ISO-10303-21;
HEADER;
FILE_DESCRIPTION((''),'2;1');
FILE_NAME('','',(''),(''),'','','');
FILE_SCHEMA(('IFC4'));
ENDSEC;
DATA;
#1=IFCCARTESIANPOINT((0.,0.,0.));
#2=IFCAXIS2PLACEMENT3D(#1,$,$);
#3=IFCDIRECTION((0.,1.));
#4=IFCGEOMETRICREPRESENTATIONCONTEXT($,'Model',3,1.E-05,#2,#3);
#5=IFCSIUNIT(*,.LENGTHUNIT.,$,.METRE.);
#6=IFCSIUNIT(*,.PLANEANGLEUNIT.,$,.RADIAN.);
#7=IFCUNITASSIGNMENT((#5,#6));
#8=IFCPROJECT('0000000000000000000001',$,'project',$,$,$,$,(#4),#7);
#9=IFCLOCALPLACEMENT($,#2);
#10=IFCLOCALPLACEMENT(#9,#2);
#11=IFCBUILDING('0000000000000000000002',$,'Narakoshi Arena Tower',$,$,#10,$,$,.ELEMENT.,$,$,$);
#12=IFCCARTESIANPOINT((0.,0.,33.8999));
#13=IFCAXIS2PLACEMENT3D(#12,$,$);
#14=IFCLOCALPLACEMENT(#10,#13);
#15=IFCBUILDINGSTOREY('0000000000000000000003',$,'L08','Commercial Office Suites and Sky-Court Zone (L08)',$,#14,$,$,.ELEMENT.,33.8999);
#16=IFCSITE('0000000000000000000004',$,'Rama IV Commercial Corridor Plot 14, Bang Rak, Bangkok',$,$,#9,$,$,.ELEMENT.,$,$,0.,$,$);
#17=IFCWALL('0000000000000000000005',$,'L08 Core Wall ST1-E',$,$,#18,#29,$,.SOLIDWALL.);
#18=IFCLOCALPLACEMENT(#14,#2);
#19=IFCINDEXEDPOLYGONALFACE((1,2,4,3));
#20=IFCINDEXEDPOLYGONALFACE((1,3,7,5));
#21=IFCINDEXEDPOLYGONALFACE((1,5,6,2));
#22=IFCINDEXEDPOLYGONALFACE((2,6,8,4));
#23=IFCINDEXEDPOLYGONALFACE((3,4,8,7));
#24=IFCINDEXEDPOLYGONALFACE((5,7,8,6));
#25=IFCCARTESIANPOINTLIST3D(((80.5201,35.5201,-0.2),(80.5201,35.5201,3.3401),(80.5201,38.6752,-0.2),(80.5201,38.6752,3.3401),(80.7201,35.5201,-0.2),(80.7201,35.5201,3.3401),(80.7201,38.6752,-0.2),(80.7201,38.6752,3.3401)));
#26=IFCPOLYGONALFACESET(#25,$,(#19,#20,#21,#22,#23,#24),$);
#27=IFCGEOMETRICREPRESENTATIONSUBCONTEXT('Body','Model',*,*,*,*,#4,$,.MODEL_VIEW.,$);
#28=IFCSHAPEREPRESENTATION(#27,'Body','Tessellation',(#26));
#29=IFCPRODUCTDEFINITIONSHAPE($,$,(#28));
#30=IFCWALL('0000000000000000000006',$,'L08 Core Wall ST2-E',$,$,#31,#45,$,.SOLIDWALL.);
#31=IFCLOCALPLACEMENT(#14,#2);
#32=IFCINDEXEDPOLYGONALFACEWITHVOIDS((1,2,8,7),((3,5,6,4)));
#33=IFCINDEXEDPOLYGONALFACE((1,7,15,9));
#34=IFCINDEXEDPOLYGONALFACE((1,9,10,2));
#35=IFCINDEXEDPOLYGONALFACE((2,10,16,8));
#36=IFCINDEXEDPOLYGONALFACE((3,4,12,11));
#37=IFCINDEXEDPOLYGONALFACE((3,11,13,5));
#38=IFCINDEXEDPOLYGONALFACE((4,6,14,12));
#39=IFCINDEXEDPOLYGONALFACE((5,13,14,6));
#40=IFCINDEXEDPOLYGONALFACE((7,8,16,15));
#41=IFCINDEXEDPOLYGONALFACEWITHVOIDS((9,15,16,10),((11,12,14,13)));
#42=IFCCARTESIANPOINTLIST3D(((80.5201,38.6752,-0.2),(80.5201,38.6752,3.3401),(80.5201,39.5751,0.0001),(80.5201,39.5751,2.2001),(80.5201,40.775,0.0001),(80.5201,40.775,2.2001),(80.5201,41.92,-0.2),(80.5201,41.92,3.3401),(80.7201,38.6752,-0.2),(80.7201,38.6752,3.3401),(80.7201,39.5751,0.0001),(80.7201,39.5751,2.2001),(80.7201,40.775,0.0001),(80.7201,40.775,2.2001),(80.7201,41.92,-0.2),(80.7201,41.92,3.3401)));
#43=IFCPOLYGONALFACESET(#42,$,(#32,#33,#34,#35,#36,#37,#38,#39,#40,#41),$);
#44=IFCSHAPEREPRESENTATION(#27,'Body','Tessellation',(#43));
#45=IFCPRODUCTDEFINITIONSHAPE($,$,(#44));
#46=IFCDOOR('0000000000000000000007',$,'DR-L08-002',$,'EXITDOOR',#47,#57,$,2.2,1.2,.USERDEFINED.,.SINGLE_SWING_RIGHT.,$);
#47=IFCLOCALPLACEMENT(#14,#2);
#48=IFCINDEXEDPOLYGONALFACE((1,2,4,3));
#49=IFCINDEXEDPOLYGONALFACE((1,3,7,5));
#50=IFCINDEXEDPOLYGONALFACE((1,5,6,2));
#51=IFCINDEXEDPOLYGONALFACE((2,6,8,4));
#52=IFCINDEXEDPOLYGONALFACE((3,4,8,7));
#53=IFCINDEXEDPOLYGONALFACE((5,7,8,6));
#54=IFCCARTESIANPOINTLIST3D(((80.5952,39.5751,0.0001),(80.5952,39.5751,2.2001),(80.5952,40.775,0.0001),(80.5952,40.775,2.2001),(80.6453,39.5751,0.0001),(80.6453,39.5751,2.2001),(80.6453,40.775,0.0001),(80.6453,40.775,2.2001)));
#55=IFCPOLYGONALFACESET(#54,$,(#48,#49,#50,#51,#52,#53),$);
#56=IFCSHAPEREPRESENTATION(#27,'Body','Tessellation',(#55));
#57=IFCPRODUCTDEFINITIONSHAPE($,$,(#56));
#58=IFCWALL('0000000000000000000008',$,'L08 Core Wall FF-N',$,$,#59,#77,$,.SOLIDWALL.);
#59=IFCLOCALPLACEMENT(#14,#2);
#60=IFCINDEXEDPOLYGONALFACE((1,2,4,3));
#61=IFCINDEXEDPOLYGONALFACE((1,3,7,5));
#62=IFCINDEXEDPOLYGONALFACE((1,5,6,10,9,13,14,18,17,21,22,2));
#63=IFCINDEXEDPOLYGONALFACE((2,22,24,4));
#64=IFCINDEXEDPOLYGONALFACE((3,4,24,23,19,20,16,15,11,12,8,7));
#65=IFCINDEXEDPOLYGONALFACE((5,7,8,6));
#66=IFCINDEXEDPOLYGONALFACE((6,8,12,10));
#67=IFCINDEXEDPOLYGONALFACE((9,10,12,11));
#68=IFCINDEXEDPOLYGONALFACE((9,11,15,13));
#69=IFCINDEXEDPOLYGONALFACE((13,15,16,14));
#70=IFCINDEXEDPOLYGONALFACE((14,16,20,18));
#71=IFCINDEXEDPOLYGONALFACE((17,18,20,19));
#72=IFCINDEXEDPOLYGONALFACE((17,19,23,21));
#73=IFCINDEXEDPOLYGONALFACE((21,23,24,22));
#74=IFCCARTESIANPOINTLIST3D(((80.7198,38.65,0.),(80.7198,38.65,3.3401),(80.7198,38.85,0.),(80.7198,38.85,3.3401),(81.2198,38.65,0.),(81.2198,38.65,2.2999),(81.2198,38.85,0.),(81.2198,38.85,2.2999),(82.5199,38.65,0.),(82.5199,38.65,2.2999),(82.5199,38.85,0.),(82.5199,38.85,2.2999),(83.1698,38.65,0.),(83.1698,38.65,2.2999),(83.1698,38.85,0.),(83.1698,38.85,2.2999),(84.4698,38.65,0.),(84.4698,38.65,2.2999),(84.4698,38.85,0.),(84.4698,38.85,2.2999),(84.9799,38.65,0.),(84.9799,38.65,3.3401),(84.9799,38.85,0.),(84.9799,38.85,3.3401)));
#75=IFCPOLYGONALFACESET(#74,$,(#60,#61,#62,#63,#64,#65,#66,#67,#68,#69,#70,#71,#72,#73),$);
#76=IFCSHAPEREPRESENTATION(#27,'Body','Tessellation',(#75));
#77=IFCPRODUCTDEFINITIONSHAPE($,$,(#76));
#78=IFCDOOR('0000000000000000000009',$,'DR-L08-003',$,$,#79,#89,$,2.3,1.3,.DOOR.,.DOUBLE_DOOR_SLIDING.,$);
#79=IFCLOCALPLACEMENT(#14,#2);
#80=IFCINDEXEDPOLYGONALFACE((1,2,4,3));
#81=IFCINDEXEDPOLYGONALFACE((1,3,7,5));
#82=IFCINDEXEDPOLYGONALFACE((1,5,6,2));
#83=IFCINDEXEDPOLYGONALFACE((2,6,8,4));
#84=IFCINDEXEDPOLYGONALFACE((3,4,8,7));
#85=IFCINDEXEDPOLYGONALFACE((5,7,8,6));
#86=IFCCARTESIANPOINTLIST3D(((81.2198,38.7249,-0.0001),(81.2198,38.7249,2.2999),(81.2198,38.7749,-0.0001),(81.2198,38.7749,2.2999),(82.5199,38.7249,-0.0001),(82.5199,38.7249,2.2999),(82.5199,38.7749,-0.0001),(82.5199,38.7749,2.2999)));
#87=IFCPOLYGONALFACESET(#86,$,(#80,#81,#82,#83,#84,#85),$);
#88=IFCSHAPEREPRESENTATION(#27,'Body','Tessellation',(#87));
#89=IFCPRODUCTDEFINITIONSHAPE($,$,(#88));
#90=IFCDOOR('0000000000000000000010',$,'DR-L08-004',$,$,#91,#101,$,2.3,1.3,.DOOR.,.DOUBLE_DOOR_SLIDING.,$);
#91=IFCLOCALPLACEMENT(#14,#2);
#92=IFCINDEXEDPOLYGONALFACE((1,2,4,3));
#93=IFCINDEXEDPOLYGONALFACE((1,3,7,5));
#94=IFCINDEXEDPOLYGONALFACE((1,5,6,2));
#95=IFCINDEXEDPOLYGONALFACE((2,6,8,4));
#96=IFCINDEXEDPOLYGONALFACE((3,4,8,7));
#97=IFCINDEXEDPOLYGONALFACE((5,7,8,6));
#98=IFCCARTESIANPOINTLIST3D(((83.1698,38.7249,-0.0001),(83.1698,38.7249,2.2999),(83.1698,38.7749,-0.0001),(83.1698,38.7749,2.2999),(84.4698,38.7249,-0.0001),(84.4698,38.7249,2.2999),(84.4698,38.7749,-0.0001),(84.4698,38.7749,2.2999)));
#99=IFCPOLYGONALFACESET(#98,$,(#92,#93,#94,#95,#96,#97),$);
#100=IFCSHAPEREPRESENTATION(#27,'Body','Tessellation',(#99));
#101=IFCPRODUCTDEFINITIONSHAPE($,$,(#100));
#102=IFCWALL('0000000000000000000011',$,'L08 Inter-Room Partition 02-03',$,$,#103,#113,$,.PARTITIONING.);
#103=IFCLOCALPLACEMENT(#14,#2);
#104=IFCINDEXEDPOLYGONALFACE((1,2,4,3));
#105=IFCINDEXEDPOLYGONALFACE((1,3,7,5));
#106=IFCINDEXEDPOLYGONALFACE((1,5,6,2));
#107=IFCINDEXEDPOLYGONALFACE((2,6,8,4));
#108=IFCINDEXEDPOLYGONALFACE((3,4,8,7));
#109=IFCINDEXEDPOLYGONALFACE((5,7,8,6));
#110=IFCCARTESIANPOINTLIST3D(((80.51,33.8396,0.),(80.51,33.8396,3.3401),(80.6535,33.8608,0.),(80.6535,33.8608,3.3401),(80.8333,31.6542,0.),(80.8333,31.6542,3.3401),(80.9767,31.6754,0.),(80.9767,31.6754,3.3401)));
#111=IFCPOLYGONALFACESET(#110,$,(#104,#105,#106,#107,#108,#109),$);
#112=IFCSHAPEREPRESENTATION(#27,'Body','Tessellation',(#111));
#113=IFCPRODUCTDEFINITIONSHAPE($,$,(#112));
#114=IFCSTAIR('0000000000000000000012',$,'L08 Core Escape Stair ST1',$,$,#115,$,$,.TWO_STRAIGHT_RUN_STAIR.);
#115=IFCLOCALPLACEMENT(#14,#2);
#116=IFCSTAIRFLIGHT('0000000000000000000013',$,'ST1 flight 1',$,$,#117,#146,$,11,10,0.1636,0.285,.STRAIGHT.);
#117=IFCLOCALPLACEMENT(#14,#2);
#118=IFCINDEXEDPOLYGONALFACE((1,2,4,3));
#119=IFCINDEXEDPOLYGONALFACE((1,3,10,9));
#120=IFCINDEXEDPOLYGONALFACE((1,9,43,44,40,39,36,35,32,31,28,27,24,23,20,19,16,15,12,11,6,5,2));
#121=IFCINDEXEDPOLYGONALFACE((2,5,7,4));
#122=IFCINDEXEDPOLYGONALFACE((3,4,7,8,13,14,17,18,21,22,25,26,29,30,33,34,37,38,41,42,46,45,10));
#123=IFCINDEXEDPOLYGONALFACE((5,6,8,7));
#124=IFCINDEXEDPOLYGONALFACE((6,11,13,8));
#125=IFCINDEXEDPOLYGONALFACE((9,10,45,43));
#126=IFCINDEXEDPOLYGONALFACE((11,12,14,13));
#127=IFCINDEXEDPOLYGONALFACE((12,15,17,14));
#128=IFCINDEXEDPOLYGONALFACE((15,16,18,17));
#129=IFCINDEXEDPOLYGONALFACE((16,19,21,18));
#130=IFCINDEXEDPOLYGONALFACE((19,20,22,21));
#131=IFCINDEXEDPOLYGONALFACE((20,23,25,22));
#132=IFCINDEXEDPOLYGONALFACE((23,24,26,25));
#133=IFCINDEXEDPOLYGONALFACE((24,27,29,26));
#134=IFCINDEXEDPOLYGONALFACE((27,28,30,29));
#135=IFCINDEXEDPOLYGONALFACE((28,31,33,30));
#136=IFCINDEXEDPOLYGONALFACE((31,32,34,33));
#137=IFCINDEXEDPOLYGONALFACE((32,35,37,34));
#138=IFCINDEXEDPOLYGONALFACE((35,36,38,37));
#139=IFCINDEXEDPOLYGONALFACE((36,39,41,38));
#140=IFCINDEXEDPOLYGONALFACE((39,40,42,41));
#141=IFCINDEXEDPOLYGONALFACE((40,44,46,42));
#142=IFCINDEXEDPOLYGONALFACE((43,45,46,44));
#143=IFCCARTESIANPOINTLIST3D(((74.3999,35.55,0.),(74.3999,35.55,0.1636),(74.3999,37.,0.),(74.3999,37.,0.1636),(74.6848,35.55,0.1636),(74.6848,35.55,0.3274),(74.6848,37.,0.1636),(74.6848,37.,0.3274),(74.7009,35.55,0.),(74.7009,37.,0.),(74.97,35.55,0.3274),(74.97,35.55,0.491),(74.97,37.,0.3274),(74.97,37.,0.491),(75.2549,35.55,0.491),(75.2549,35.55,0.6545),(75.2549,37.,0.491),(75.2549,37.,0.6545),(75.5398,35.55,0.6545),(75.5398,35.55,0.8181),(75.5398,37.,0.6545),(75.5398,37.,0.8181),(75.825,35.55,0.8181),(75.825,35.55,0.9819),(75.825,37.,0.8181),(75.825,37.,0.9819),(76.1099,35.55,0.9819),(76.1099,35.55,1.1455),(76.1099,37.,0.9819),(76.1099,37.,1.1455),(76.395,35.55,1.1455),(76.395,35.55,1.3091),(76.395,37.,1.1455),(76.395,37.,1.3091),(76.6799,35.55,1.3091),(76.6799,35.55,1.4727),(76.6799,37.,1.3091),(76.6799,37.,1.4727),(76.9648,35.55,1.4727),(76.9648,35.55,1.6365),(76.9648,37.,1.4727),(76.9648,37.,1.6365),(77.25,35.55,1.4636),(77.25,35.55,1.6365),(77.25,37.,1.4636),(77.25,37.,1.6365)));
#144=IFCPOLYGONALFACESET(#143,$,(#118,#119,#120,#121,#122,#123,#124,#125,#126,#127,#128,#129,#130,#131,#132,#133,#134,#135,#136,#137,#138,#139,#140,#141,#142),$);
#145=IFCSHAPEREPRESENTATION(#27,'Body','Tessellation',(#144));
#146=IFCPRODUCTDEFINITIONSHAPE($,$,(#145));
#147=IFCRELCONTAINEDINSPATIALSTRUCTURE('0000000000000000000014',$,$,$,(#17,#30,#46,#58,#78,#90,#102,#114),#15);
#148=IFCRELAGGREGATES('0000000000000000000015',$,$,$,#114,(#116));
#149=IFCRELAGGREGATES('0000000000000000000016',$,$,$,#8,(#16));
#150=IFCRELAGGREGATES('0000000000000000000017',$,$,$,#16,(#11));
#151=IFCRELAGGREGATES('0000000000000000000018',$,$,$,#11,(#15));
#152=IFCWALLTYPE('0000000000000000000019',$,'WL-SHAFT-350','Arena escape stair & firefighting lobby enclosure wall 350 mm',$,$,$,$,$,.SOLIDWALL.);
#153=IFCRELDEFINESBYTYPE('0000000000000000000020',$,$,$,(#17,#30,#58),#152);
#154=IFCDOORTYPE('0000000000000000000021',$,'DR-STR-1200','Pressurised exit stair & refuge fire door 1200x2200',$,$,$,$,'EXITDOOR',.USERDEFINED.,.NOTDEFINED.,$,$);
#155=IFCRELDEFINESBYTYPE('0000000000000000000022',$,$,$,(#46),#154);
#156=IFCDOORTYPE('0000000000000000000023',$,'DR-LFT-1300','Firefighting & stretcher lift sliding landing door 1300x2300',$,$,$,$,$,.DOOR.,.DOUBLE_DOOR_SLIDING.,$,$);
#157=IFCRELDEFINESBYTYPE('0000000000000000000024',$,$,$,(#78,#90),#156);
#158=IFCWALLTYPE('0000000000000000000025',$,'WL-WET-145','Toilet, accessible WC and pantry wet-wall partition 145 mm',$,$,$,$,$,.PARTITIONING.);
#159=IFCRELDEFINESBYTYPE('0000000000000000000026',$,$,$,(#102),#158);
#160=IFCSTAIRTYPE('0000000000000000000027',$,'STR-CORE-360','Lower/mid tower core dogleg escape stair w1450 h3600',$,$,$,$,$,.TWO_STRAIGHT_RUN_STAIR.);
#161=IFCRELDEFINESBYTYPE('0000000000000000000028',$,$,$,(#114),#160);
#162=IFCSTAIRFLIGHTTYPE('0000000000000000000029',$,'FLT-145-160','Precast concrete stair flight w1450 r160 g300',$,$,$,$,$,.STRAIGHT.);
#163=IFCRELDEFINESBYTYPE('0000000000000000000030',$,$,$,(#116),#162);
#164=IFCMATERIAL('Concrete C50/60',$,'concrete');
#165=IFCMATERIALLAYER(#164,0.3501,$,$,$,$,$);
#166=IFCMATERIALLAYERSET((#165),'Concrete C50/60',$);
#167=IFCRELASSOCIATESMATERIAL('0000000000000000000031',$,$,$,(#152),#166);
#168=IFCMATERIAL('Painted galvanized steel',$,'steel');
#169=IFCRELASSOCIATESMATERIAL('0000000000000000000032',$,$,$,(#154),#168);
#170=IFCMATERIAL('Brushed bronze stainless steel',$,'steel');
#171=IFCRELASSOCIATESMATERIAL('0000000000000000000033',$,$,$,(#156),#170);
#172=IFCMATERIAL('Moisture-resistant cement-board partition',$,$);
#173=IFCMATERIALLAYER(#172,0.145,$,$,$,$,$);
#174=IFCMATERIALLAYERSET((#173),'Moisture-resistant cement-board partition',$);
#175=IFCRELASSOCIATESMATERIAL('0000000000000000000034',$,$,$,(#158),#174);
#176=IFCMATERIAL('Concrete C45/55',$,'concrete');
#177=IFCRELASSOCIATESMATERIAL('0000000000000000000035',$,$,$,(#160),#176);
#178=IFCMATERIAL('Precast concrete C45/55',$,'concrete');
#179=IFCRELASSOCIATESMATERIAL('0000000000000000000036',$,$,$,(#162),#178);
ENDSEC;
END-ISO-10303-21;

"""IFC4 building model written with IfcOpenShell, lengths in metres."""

from ifc_helpers import new_model, si_unit, direction, frame, frame_2d, origin, place, context, subcontext, project, spatial, polyline, rectangle, outline, extrude, material, layer, layer_set, type_object, element, fill, aggregate, save


model = new_model("IFC4")

# Units and contexts
model_context = context("Model", 3, precision=1e-05, world=origin(), true_north=direction((0.0, 1.0)))
body_context = subcontext(model_context, "Body", "Model", "MODEL_VIEW")
ifc_project = project(units=[si_unit("LENGTHUNIT", "METRE"), si_unit("PLANEANGLEUNIT", "RADIAN")], contexts=[model_context])

# Site, building, storey
site_placement = place(None, origin())
site = spatial("IfcSite", under=ifc_project, at=site_placement, Name="Rama IV Commercial Corridor Plot 14, Bang Rak, Bangkok", CompositionType="ELEMENT", RefElevation=0.0)
building_placement = place(site_placement, origin())
building = spatial("IfcBuilding", under=site, at=building_placement, Name="Narakoshi Arena Tower", CompositionType="ELEMENT")
storey_placement = place(building_placement, frame((0.0, 0.0, 33.8999)))
storey = spatial("IfcBuildingStorey", under=building, at=storey_placement, Name="L08", Description="Commercial Office Suites and Sky-Court Zone (L08)", CompositionType="ELEMENT", Elevation=33.8999)

# Wall
ifc_material_1 = material(Name="Concrete C50/60", Category="concrete")
ifc_layer_1 = layer(ifc_material_1, 0.3501)
ifc_layer_set_1 = layer_set([ifc_layer_1], Name="Concrete C50/60")
wall_type_1 = type_object("IfcWallType", Name="WL-SHAFT-350", Description="Arena escape stair & firefighting lobby enclosure wall 350 mm", PredefinedType="SOLIDWALL", material=ifc_layer_set_1)
wall_1_placement = place(storey_placement, frame((80.6201, 35.52, -0.2), z_axis=(0.0, 0.0, 1.0), x_axis=(0.0, 1.0, 0.0)))
element("IfcWall", 1, at=wall_1_placement, inside=storey, type_object=wall_type_1, Name="L08 Core Wall ST1-E", PredefinedType="SOLIDWALL", context=body_context, shape_type="SweptSolid", body=[
    extrude(rectangle(XDim=3.155, YDim=0.2, at=frame_2d((1.5776, 0.0))), origin(), (0.0, 0.0, 1.0), 3.54),
])

# Wall, opening, door
wall_2_placement = place(storey_placement, frame((80.6201, 38.675, -0.2), z_axis=(0.0, 0.0, 1.0), x_axis=(0.0, 1.0, 0.0)))
wall_2 = element("IfcWall", 2, at=wall_2_placement, inside=storey, type_object=wall_type_1, Name="L08 Core Wall ST2-E", PredefinedType="SOLIDWALL", context=body_context, shape_type="SweptSolid", body=[
    extrude(rectangle(XDim=3.2449, YDim=0.2, at=frame_2d((1.6226, 0.0))), origin(), (0.0, 0.0, 1.0), 3.54),
])
opening_1_placement = place(wall_2_placement, frame((0.8999, 0.0, 0.2)))
opening_1 = element("IfcOpeningElement", 3, at=opening_1_placement, cuts=wall_2, PredefinedType="OPENING", context=body_context, shape_type="SweptSolid", body=[
    extrude(rectangle(XDim=1.2, YDim=2.2, at=frame_2d((0.6001, 1.1001))), frame((0.0, 0.1099, 0.0), z_axis=(0.0, -1.0, 0.0), x_axis=(1.0, 0.0, 0.0)), (0.0, 0.0, 1.0), 0.22),
])
ifc_material_2 = material(Name="Painted galvanized steel", Category="steel")
door_type_1 = type_object("IfcDoorType", Name="DR-STR-1200", Description="Pressurised exit stair & refuge fire door 1200x2200", ElementType="EXITDOOR", OperationType="NOTDEFINED", PredefinedType="USERDEFINED", material=ifc_material_2)
door_1_placement = place(opening_1_placement, origin())
door_1 = element("IfcDoor", 4, at=door_1_placement, inside=storey, type_object=door_type_1, Name="DR-L08-002", ObjectType="EXITDOOR", OperationType="SINGLE_SWING_RIGHT", OverallHeight=2.2, OverallWidth=1.2, PredefinedType="USERDEFINED", context=body_context, shape_type="SweptSolid", body=[
    extrude(rectangle(XDim=1.2, YDim=2.2, at=frame_2d((0.6001, 1.1001))), frame((0.0, 0.0249, 0.0), z_axis=(0.0, -1.0, 0.0), x_axis=(1.0, 0.0, 0.0)), (0.0, 0.0, 1.0), 0.05),
])
fill(opening_1, door_1)

# Wall, openings, doors
wall_3_placement = place(storey_placement, frame((80.72, 38.75, 0.0), z_axis=(0.0, 0.0, 1.0), x_axis=(1.0, 0.0, 0.0)))
wall_3 = element("IfcWall", 5, at=wall_3_placement, inside=storey, type_object=wall_type_1, Name="L08 Core Wall FF-N", PredefinedType="SOLIDWALL", context=body_context, shape_type="SweptSolid", body=[
    extrude(rectangle(XDim=4.26, YDim=0.2, at=frame_2d((2.1299, 0.0))), origin(), (0.0, 0.0, 1.0), 3.3401),
])
opening_2_placement = place(wall_3_placement, frame((0.5, 0.0, 0.0)))
opening_2 = element("IfcOpeningElement", 6, at=opening_2_placement, cuts=wall_3, PredefinedType="OPENING", context=body_context, shape_type="SweptSolid", body=[
    extrude(rectangle(XDim=1.3, YDim=2.3, at=frame_2d((0.6499, 1.1499))), frame((0.0, 0.1099, 0.0), z_axis=(0.0, -1.0, 0.0), x_axis=(1.0, 0.0, 0.0)), (0.0, 0.0, 1.0), 0.22),
])
opening_3_placement = place(wall_3_placement, frame((2.45, 0.0, 0.0)))
opening_3 = element("IfcOpeningElement", 7, at=opening_3_placement, cuts=wall_3, PredefinedType="OPENING", context=body_context, shape_type="SweptSolid", body=[
    extrude(rectangle(XDim=1.3, YDim=2.3, at=frame_2d((0.6499, 1.1499))), frame((0.0, 0.1099, 0.0), z_axis=(0.0, -1.0, 0.0), x_axis=(1.0, 0.0, 0.0)), (0.0, 0.0, 1.0), 0.22),
])
ifc_material_3 = material(Name="Brushed bronze stainless steel", Category="steel")
door_type_2 = type_object("IfcDoorType", Name="DR-LFT-1300", Description="Firefighting & stretcher lift sliding landing door 1300x2300", OperationType="DOUBLE_DOOR_SLIDING", PredefinedType="DOOR", material=ifc_material_3)
door_2_placement = place(opening_2_placement, origin())
door_2 = element("IfcDoor", 8, at=door_2_placement, inside=storey, type_object=door_type_2, Name="DR-L08-003", OperationType="DOUBLE_DOOR_SLIDING", OverallHeight=2.3, OverallWidth=1.3, PredefinedType="DOOR", context=body_context, shape_type="SweptSolid", body=[
    extrude(rectangle(XDim=1.3, YDim=2.3, at=frame_2d((0.6499, 1.1499))), frame((0.0, 0.0249, 0.0), z_axis=(0.0, -1.0, 0.0), x_axis=(1.0, 0.0, 0.0)), (0.0, 0.0, 1.0), 0.05),
])
fill(opening_2, door_2)
door_3_placement = place(opening_3_placement, origin())
door_3 = element("IfcDoor", 9, at=door_3_placement, inside=storey, type_object=door_type_2, Name="DR-L08-004", OperationType="DOUBLE_DOOR_SLIDING", OverallHeight=2.3, OverallWidth=1.3, PredefinedType="DOOR", context=body_context, shape_type="SweptSolid", body=[
    extrude(rectangle(XDim=1.3, YDim=2.3, at=frame_2d((0.6499, 1.1499))), frame((0.0, 0.0249, 0.0), z_axis=(0.0, -1.0, 0.0), x_axis=(1.0, 0.0, 0.0)), (0.0, 0.0, 1.0), 0.05),
])
fill(opening_3, door_3)

# Wall
ifc_material_4 = material(Name="Moisture-resistant cement-board partition")
ifc_layer_2 = layer(ifc_material_4, 0.145)
ifc_layer_set_2 = layer_set([ifc_layer_2], Name="Moisture-resistant cement-board partition")
wall_type_2 = type_object("IfcWallType", Name="WL-WET-145", Description="Toilet, accessible WC and pantry wet-wall partition 145 mm", PredefinedType="PARTITIONING", material=ifc_layer_set_2)
wall_4_placement = place(storey_placement, frame((80.5818, 33.8501, 0.0), z_axis=(0.0, 0.0, 1.0), x_axis=(0.146308, -0.989239, 0.0)))
element("IfcWall", 10, at=wall_4_placement, inside=storey, type_object=wall_type_2, Name="L08 Inter-Room Partition 02-03", PredefinedType="PARTITIONING", context=body_context, shape_type="SweptSolid", body=[
    extrude(rectangle(XDim=2.2092, YDim=0.145, at=frame_2d((1.1045, 0.0))), origin(), (0.0, 0.0, 1.0), 3.3401),
])

# Stair, stair flight
ifc_material_5 = material(Name="Concrete C45/55", Category="concrete")
stair_type = type_object("IfcStairType", Name="STR-CORE-360", Description="Lower/mid tower core dogleg escape stair w1450 h3600", PredefinedType="TWO_STRAIGHT_RUN_STAIR", material=ifc_material_5)
stair_1_placement = place(storey_placement, origin())
stair_1 = element("IfcStair", 11, at=stair_1_placement, inside=storey, type_object=stair_type, Name="L08 Core Escape Stair ST1", PredefinedType="TWO_STRAIGHT_RUN_STAIR")
ifc_material_6 = material(Name="Precast concrete C45/55", Category="concrete")
stair_flight_type = type_object("IfcStairFlightType", Name="FLT-145-160", Description="Precast concrete stair flight w1450 r160 g300", PredefinedType="STRAIGHT", material=ifc_material_6)
stair_flight_1_placement = place(storey_placement, frame((74.3999, 36.2749, 0.0), z_axis=(0.0, 0.0, 1.0), x_axis=(1.0, 0.0, 0.0)))
stair_flight_1 = element("IfcStairFlight", 12, at=stair_flight_1_placement, type_object=stair_flight_type, Name="ST1 flight 1", NumberOfRisers=11, NumberOfTreads=10, PredefinedType="STRAIGHT", RiserHeight=0.1636, TreadLength=0.285, context=body_context, shape_type="SweptSolid", body=[
    extrude(outline(polyline([(0.0, 0.0), (0.0, 0.1636), (0.2849, 0.1636), (0.2849, 0.3274), (0.5701, 0.3274), (0.5701, 0.491), (0.855, 0.491), (0.855, 0.6545), (1.1399, 0.6545), (1.1399, 0.8181), (1.425, 0.8181), (1.425, 0.9819), (1.71, 0.9819), (1.71, 1.1455), (1.9951, 1.1455), (1.9951, 1.3091), (2.28, 1.3091), (2.28, 1.4727), (2.5649, 1.4727), (2.5649, 1.6365), (2.8501, 1.6365), (2.8501, 1.8), (2.8501, 1.4636), (0.301, 0.0), (0.0, 0.0)])), frame((0.0, 0.7251, 0.0), z_axis=(0.0, -1.0, 0.0), x_axis=(1.0, 0.0, 0.0)), (0.0, 0.0, 1.0), 1.45),
])
aggregate(stair_1, [stair_flight_1])

save(model, "model.ifc")
